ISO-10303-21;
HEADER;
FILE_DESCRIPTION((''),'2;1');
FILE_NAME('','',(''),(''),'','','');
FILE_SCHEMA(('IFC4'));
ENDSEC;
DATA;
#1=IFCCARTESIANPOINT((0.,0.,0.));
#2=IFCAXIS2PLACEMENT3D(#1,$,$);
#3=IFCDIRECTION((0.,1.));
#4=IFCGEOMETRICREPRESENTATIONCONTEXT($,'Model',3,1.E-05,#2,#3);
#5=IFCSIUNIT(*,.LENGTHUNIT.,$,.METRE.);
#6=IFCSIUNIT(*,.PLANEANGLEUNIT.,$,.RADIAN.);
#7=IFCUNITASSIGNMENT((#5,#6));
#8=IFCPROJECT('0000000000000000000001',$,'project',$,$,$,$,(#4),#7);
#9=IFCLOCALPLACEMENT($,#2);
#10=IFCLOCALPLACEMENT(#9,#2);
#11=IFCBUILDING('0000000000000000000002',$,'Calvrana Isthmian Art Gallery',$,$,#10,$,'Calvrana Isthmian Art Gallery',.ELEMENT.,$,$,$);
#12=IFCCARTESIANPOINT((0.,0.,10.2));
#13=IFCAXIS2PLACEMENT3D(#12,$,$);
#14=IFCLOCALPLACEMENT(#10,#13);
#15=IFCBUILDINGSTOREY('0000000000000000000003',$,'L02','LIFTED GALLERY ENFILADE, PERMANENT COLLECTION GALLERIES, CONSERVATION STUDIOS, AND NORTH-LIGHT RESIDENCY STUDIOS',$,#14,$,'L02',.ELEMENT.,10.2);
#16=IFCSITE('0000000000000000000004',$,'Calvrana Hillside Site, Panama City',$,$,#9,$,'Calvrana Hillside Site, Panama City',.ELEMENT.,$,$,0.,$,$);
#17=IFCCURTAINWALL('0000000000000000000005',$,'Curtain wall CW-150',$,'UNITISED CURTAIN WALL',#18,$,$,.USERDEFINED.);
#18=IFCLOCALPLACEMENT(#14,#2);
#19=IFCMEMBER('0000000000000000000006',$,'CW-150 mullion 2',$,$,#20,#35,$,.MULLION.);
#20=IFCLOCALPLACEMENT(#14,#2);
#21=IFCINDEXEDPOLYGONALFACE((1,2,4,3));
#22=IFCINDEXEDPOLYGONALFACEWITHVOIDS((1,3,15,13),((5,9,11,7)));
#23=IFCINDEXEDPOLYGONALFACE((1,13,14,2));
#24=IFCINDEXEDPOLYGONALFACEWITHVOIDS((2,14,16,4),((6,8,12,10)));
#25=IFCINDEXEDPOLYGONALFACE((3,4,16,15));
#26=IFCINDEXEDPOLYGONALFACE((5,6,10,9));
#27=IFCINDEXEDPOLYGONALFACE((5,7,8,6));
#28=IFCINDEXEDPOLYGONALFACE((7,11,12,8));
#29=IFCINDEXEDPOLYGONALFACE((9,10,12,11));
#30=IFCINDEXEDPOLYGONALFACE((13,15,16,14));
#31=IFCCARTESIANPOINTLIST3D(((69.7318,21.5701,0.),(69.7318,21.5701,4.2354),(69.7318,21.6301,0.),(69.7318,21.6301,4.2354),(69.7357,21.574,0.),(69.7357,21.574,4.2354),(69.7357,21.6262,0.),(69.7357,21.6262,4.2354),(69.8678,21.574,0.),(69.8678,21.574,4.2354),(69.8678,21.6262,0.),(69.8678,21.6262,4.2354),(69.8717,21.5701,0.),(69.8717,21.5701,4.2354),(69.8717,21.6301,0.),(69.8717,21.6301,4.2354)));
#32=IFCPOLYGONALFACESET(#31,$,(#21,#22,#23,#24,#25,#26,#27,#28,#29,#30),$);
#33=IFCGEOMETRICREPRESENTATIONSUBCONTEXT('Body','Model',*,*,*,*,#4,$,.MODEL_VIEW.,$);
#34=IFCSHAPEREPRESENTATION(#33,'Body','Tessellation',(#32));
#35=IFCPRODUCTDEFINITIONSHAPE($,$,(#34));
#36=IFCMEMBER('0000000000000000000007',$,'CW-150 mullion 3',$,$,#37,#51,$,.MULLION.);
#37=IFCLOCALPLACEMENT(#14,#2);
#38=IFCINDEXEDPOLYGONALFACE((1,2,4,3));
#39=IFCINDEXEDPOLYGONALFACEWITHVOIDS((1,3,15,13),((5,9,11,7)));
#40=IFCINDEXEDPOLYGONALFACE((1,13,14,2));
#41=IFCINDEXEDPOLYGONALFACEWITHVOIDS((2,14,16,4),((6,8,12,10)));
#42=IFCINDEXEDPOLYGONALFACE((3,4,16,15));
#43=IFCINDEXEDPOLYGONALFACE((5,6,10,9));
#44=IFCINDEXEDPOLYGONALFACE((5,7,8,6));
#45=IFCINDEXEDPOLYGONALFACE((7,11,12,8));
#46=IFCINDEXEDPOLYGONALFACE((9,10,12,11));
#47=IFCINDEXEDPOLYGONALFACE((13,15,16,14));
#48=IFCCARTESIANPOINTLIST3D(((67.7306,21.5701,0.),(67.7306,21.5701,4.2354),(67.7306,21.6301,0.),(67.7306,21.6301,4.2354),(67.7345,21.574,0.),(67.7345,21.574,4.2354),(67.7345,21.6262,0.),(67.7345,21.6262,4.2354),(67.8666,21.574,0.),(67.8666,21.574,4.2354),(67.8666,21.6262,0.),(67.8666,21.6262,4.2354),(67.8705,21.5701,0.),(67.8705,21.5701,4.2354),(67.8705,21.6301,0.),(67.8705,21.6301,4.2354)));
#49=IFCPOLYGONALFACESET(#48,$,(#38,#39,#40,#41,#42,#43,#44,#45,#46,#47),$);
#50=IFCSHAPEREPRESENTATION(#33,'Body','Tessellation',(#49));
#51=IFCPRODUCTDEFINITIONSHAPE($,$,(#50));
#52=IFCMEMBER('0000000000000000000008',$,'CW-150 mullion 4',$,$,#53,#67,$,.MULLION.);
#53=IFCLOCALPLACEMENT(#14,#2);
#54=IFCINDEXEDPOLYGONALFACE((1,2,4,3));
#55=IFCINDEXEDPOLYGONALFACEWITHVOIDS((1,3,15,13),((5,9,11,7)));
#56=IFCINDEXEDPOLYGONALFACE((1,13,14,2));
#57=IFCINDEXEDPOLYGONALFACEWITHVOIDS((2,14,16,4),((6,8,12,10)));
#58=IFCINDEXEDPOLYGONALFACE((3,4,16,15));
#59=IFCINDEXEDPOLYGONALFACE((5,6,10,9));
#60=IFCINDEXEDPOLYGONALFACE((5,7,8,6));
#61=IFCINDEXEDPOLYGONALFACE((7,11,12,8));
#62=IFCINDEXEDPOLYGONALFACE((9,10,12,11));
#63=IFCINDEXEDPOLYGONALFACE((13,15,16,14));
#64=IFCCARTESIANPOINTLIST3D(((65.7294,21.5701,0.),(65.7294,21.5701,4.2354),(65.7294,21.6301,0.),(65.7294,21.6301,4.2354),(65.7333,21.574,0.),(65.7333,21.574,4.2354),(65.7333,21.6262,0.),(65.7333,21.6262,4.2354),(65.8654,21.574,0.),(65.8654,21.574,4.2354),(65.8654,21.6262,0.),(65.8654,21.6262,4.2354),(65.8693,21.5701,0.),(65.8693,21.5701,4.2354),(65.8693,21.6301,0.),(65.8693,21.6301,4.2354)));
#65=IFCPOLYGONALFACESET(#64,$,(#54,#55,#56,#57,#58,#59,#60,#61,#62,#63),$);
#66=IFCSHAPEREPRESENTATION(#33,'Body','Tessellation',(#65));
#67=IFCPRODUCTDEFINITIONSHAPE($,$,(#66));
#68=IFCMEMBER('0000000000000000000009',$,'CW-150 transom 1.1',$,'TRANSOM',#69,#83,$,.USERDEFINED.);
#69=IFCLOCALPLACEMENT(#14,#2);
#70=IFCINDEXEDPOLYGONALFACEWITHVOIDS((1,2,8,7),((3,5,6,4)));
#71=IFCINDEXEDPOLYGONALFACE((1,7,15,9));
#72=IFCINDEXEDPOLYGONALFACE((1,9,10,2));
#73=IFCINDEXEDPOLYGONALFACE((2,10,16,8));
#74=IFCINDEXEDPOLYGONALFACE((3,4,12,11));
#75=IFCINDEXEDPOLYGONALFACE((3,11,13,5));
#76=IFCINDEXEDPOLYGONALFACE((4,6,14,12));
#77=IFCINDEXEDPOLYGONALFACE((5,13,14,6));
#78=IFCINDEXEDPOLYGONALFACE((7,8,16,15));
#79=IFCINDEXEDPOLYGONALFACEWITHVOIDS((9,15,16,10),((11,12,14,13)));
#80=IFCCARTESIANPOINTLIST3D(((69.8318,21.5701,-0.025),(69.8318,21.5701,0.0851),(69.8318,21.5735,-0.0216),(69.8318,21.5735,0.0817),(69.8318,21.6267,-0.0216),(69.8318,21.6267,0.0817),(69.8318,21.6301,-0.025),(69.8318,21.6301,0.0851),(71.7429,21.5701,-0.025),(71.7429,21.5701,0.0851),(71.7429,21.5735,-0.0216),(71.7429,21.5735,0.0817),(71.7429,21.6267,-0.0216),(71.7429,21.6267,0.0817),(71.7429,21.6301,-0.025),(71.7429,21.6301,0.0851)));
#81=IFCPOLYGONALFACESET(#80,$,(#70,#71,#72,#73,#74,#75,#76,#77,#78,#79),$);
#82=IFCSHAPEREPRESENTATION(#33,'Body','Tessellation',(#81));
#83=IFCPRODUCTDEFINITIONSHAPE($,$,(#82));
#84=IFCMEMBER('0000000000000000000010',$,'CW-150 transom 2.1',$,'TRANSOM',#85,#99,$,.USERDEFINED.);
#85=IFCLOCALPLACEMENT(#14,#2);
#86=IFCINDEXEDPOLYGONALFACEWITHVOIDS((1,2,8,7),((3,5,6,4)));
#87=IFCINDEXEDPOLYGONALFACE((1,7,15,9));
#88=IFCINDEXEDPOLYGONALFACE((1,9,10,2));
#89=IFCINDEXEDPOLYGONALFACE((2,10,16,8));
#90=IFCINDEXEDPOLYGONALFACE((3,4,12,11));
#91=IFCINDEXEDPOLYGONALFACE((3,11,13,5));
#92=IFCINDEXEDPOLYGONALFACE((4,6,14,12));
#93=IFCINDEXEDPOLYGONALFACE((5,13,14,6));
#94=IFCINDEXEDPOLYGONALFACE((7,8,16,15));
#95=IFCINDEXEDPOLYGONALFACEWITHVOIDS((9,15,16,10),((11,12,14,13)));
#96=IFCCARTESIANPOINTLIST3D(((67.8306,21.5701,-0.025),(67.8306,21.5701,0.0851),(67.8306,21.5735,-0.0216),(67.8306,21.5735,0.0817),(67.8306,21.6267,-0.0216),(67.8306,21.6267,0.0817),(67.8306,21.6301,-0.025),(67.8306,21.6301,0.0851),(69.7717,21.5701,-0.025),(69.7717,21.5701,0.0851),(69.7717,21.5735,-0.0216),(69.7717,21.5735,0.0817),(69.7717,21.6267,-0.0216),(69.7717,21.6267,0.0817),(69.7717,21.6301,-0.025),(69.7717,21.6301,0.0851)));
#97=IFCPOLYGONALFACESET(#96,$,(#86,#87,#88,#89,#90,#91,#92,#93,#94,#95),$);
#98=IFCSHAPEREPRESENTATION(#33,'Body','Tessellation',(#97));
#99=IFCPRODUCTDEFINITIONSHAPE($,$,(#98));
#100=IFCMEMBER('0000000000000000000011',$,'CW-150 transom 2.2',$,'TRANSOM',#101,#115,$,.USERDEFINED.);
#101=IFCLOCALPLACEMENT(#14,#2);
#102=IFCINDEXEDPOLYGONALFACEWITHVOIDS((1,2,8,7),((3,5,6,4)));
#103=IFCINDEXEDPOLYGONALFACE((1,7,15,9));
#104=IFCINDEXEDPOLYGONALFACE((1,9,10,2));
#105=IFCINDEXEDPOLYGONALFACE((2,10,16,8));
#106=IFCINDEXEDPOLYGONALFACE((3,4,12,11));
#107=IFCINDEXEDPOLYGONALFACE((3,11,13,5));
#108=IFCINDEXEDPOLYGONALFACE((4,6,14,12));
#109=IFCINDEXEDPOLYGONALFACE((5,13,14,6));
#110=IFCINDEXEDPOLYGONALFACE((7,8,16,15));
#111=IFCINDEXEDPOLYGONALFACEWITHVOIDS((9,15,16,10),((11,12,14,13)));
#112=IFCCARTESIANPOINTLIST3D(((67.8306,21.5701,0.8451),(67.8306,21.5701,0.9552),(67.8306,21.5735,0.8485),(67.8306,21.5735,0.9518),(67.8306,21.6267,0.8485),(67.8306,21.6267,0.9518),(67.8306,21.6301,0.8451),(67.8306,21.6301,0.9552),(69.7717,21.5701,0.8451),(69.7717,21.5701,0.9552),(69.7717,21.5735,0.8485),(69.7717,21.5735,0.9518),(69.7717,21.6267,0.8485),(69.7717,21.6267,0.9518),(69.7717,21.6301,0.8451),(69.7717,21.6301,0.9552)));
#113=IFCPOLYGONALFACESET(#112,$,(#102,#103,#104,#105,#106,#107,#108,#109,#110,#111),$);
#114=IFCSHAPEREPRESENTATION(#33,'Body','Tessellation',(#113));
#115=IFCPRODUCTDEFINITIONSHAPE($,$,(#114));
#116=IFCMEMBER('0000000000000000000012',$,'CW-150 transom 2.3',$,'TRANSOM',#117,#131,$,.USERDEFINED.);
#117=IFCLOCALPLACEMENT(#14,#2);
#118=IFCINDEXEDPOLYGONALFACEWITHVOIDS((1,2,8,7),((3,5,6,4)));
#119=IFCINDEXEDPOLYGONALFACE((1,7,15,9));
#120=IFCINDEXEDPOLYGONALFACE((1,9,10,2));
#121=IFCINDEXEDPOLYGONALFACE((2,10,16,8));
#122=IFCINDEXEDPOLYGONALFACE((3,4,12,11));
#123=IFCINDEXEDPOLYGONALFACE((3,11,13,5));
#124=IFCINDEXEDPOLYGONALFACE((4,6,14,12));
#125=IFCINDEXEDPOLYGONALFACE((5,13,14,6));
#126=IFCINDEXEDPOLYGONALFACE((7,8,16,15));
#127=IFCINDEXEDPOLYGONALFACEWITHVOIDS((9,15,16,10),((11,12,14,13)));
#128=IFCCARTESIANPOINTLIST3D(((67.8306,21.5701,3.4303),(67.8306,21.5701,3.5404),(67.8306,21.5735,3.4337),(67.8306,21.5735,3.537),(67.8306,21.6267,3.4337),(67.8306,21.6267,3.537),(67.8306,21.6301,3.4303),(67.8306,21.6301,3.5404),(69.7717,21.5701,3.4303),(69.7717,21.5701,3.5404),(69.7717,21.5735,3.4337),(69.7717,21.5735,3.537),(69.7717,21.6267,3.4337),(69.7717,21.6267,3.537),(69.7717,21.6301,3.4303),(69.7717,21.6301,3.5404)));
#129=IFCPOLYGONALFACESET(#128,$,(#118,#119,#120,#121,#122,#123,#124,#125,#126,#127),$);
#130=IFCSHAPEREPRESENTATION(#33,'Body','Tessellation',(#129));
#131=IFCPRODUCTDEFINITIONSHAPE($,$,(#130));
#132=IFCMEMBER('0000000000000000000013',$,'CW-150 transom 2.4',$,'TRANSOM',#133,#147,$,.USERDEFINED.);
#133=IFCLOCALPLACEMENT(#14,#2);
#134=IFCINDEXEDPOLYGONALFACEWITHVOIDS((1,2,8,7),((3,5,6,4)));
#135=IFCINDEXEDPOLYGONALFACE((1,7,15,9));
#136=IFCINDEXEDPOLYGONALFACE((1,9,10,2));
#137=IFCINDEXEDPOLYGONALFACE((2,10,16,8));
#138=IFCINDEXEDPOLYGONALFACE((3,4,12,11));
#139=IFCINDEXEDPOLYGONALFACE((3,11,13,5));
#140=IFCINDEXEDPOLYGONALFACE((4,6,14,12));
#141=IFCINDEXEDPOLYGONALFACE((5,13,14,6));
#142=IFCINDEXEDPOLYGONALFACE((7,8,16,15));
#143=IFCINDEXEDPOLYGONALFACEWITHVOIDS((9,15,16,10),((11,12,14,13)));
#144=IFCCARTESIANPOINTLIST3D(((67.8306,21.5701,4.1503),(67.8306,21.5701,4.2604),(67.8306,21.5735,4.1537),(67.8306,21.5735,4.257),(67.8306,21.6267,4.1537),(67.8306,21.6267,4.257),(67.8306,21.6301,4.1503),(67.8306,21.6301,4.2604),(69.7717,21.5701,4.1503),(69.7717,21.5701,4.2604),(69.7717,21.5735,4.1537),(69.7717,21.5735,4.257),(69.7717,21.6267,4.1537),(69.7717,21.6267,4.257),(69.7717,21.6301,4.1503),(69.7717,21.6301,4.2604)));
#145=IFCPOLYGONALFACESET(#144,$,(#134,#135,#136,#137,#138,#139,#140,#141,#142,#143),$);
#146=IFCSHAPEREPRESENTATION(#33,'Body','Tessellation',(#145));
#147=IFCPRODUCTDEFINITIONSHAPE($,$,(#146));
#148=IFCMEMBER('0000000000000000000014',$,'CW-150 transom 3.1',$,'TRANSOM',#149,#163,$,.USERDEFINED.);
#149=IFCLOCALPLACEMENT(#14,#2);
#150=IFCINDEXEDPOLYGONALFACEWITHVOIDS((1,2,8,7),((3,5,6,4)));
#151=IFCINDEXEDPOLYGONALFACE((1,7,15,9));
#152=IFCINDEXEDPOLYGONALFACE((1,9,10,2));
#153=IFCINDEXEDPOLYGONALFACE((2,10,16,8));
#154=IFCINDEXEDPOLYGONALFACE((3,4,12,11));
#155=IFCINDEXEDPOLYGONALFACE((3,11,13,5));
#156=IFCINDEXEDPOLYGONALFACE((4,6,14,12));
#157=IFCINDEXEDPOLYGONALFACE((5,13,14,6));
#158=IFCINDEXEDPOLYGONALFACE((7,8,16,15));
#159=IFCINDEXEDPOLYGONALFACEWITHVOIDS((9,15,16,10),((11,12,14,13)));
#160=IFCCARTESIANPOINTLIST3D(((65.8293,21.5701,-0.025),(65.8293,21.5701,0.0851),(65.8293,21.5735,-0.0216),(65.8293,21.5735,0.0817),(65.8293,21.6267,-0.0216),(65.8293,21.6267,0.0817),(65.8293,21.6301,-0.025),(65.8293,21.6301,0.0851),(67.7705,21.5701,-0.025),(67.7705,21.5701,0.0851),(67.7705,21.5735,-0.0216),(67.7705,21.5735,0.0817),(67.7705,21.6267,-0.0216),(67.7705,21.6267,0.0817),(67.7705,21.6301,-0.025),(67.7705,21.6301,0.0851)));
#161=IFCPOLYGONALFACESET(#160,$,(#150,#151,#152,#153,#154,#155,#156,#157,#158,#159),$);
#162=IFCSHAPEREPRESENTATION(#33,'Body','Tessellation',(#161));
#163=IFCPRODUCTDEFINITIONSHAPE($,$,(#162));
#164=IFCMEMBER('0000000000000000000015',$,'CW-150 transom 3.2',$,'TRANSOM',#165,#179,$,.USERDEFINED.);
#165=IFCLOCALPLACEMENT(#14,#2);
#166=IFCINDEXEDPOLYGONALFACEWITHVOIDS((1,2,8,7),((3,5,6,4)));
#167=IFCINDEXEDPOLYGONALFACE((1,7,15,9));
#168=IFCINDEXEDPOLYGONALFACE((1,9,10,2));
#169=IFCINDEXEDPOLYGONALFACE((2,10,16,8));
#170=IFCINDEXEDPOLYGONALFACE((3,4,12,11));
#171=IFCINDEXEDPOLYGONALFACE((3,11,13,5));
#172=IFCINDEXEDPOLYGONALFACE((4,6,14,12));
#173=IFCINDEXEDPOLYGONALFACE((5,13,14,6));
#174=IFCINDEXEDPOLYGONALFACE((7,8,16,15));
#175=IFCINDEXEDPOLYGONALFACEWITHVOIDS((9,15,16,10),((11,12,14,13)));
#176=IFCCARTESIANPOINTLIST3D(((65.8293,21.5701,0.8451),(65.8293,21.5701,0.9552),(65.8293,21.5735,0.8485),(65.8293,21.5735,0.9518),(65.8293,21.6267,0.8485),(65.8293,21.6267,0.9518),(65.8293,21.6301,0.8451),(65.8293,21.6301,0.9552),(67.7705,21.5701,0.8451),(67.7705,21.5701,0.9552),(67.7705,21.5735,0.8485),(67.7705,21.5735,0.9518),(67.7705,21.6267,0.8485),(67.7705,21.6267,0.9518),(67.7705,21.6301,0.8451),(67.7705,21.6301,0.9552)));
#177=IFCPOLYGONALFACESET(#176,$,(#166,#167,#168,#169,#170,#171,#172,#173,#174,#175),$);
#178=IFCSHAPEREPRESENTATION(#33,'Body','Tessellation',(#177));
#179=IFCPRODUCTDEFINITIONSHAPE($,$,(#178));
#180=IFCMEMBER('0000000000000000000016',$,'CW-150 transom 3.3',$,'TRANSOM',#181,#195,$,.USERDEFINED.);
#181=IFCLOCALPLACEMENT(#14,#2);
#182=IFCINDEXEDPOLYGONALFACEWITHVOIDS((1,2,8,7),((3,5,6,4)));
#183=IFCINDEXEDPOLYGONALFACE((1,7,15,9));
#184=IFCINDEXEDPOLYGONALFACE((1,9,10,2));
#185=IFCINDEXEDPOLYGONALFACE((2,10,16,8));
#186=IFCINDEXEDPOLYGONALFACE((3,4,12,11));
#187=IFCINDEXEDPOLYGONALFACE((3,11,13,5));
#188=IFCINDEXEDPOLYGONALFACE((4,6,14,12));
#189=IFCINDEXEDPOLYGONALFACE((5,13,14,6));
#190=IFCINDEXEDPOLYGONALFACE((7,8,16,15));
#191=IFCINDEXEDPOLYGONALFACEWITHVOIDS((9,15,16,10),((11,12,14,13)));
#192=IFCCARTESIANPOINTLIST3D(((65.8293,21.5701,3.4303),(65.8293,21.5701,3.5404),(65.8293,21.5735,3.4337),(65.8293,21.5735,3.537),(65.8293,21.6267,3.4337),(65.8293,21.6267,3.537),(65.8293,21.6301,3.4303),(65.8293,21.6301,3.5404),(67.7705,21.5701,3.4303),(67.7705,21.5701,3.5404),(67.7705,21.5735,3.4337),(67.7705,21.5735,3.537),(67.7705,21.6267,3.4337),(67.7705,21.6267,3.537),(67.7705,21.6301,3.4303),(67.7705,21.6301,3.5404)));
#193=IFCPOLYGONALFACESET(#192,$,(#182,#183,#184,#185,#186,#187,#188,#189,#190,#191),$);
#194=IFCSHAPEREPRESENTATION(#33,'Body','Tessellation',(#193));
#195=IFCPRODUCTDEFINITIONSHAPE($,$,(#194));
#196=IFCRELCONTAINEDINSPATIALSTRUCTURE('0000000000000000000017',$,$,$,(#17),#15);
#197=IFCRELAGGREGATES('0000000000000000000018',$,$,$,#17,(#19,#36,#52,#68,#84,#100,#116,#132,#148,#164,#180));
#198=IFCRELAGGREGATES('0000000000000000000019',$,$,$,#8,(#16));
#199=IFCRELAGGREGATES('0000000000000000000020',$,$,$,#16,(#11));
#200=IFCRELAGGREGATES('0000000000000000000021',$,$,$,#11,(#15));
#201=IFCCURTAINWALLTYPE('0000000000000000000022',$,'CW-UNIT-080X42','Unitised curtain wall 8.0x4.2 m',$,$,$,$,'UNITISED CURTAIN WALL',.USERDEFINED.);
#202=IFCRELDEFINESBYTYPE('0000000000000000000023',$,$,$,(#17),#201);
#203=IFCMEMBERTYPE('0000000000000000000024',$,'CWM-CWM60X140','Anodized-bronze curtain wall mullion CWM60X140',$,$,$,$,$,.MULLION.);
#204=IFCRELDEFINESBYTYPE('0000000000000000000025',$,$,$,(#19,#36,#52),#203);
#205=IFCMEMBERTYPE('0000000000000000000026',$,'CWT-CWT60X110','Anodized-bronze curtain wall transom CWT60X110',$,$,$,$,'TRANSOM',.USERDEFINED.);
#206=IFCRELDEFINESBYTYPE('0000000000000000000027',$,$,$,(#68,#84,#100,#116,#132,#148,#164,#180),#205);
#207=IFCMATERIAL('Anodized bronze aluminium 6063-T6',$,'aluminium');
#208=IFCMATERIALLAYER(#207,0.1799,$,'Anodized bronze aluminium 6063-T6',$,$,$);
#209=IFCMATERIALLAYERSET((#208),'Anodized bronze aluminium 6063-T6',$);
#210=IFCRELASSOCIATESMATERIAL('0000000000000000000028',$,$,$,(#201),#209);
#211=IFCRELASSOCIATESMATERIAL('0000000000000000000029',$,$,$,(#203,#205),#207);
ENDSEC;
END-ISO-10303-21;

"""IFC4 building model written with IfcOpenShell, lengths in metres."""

from ifc_helpers import new_model, si_unit, direction, frame, origin, origin_2d, place, context, subcontext, project, spatial, hollow_rectangle, extrude, material, layer, layer_set, material_profile, profile_set, type_object, element, aggregate, save


model = new_model("IFC4")

# Units and contexts
model_context = context("Model", 3, precision=1e-05, world=origin(), true_north=direction((0.0, 1.0)))
body_context = subcontext(model_context, "Body", "Model", "MODEL_VIEW")
ifc_project = project(units=[si_unit("LENGTHUNIT", "METRE"), si_unit("PLANEANGLEUNIT", "RADIAN")], contexts=[model_context])

# Site, building, storey
site_placement = place(None, origin())
site = spatial("IfcSite", under=ifc_project, at=site_placement, Name="Calvrana Hillside Site, Panama City", LongName="Calvrana Hillside Site, Panama City", CompositionType="ELEMENT", RefElevation=0.0)
building_placement = place(site_placement, origin())
building = spatial("IfcBuilding", under=site, at=building_placement, Name="Calvrana Isthmian Art Gallery", LongName="Calvrana Isthmian Art Gallery", CompositionType="ELEMENT")
storey_placement = place(building_placement, frame((0.0, 0.0, 10.2)))
storey = spatial("IfcBuildingStorey", under=building, at=storey_placement, Name="L02", Description="LIFTED GALLERY ENFILADE, PERMANENT COLLECTION GALLERIES, CONSERVATION STUDIOS, AND NORTH-LIGHT RESIDENCY STUDIOS", LongName="L02", CompositionType="ELEMENT", Elevation=10.2)

# Curtain wall, members
ifc_material_1 = material(Name="Anodized bronze aluminium 6063-T6", Category="aluminium")
ifc_layer_1 = layer(ifc_material_1, 0.1799, Name="Anodized bronze aluminium 6063-T6")
ifc_layer_set_1 = layer_set([ifc_layer_1], Name="Anodized bronze aluminium 6063-T6")
curtain_wall_type = type_object("IfcCurtainWallType", Name="CW-UNIT-080X42", Description="Unitised curtain wall 8.0x4.2 m", ElementType="UNITISED CURTAIN WALL", PredefinedType="USERDEFINED", material=ifc_layer_set_1)
curtain_wall_placement = place(storey_placement, origin())
curtain_wall = element("IfcCurtainWall", 1, at=curtain_wall_placement, inside=storey, type_object=curtain_wall_type, Name="Curtain wall CW-150", ObjectType="UNITISED CURTAIN WALL", PredefinedType="USERDEFINED")
ifc_material_profile_1 = material_profile(ifc_material_1, hollow_rectangle(XDim=0.0601, YDim=0.1399, WallThickness=0.0039, at=origin_2d()), Name="CWM60X140")
ifc_profile_set_1 = profile_set([ifc_material_profile_1], Name="Anodized bronze aluminium 6063-T6")
member_type_1 = type_object("IfcMemberType", Name="CWM-CWM60X140", Description="Anodized-bronze curtain wall mullion CWM60X140", PredefinedType="MULLION", material=ifc_profile_set_1)
member_1_placement = place(storey_placement, frame((69.8018, 21.6001, 0.0), z_axis=(0.0, 0.0, 1.0), x_axis=(0.0, -1.0, 0.0)))
member_1 = element("IfcMember", 2, at=member_1_placement, type_object=member_type_1, Name="CW-150 mullion 2", PredefinedType="MULLION", context=body_context, shape_type="SweptSolid", body=[
    extrude(hollow_rectangle(XDim=0.0601, YDim=0.1399, WallThickness=0.0039, at=origin_2d()), origin(), (0.0, 0.0, 1.0), 4.2354),
])
member_2_placement = place(storey_placement, frame((67.8005, 21.6001, 0.0), z_axis=(0.0, 0.0, 1.0), x_axis=(0.0, -1.0, 0.0)))
member_2 = element("IfcMember", 3, at=member_2_placement, type_object=member_type_1, Name="CW-150 mullion 3", PredefinedType="MULLION", context=body_context, shape_type="SweptSolid", body=[
    extrude(hollow_rectangle(XDim=0.0601, YDim=0.1399, WallThickness=0.0039, at=origin_2d()), origin(), (0.0, 0.0, 1.0), 4.2354),
])
member_3_placement = place(storey_placement, frame((65.7993, 21.6001, 0.0), z_axis=(0.0, 0.0, 1.0), x_axis=(0.0, -1.0, 0.0)))
member_3 = element("IfcMember", 4, at=member_3_placement, type_object=member_type_1, Name="CW-150 mullion 4", PredefinedType="MULLION", context=body_context, shape_type="SweptSolid", body=[
    extrude(hollow_rectangle(XDim=0.0601, YDim=0.1399, WallThickness=0.0039, at=origin_2d()), origin(), (0.0, 0.0, 1.0), 4.2354),
])
ifc_material_profile_2 = material_profile(ifc_material_1, hollow_rectangle(XDim=0.0601, YDim=0.1101, WallThickness=0.0034, at=origin_2d()), Name="CWT60X110")
ifc_profile_set_2 = profile_set([ifc_material_profile_2], Name="Anodized bronze aluminium 6063-T6")
member_type_2 = type_object("IfcMemberType", Name="CWT-CWT60X110", Description="Anodized-bronze curtain wall transom CWT60X110", ElementType="TRANSOM", PredefinedType="USERDEFINED", material=ifc_profile_set_2)
member_4_placement = place(storey_placement, frame((71.7429, 21.6001, 0.03), z_axis=(-1.0, 0.0, 0.0), x_axis=(0.0, -1.0, 0.0)))
member_4 = element("IfcMember", 5, at=member_4_placement, type_object=member_type_2, Name="CW-150 transom 1.1", ObjectType="TRANSOM", PredefinedType="USERDEFINED", context=body_context, shape_type="SweptSolid", body=[
    extrude(hollow_rectangle(XDim=0.0601, YDim=0.1101, WallThickness=0.0034, at=origin_2d()), origin(), (0.0, 0.0, 1.0), 1.9111),
])
member_5_placement = place(storey_placement, frame((69.7717, 21.6001, 0.03), z_axis=(-1.0, 0.0, 0.0), x_axis=(0.0, -1.0, 0.0)))
member_5 = element("IfcMember", 6, at=member_5_placement, type_object=member_type_2, Name="CW-150 transom 2.1", ObjectType="TRANSOM", PredefinedType="USERDEFINED", context=body_context, shape_type="SweptSolid", body=[
    extrude(hollow_rectangle(XDim=0.0601, YDim=0.1101, WallThickness=0.0034, at=origin_2d()), origin(), (0.0, 0.0, 1.0), 1.9412),
])
member_6_placement = place(storey_placement, frame((69.7717, 21.6001, 0.9001), z_axis=(-1.0, 0.0, 0.0), x_axis=(0.0, -1.0, 0.0)))
member_6 = element("IfcMember", 7, at=member_6_placement, type_object=member_type_2, Name="CW-150 transom 2.2", ObjectType="TRANSOM", PredefinedType="USERDEFINED", context=body_context, shape_type="SweptSolid", body=[
    extrude(hollow_rectangle(XDim=0.0601, YDim=0.1101, WallThickness=0.0034, at=origin_2d()), origin(), (0.0, 0.0, 1.0), 1.9412),
])
member_7_placement = place(storey_placement, frame((69.7717, 21.6001, 3.4854), z_axis=(-1.0, 0.0, 0.0), x_axis=(0.0, -1.0, 0.0)))
member_7 = element("IfcMember", 8, at=member_7_placement, type_object=member_type_2, Name="CW-150 transom 2.3", ObjectType="TRANSOM", PredefinedType="USERDEFINED", context=body_context, shape_type="SweptSolid", body=[
    extrude(hollow_rectangle(XDim=0.0601, YDim=0.1101, WallThickness=0.0034, at=origin_2d()), origin(), (0.0, 0.0, 1.0), 1.9412),
])
member_8_placement = place(storey_placement, frame((69.7717, 21.6001, 4.2053), z_axis=(-1.0, 0.0, 0.0), x_axis=(0.0, -1.0, 0.0)))
member_8 = element("IfcMember", 9, at=member_8_placement, type_object=member_type_2, Name="CW-150 transom 2.4", ObjectType="TRANSOM", PredefinedType="USERDEFINED", context=body_context, shape_type="SweptSolid", body=[
    extrude(hollow_rectangle(XDim=0.0601, YDim=0.1101, WallThickness=0.0034, at=origin_2d()), origin(), (0.0, 0.0, 1.0), 1.9412),
])
member_9_placement = place(storey_placement, frame((67.7705, 21.6001, 0.03), z_axis=(-1.0, 0.0, 0.0), x_axis=(0.0, -1.0, 0.0)))
member_9 = element("IfcMember", 10, at=member_9_placement, type_object=member_type_2, Name="CW-150 transom 3.1", ObjectType="TRANSOM", PredefinedType="USERDEFINED", context=body_context, shape_type="SweptSolid", body=[
    extrude(hollow_rectangle(XDim=0.0601, YDim=0.1101, WallThickness=0.0034, at=origin_2d()), origin(), (0.0, 0.0, 1.0), 1.9412),
])
member_10_placement = place(storey_placement, frame((67.7705, 21.6001, 0.9001), z_axis=(-1.0, 0.0, 0.0), x_axis=(0.0, -1.0, 0.0)))
member_10 = element("IfcMember", 11, at=member_10_placement, type_object=member_type_2, Name="CW-150 transom 3.2", ObjectType="TRANSOM", PredefinedType="USERDEFINED", context=body_context, shape_type="SweptSolid", body=[
    extrude(hollow_rectangle(XDim=0.0601, YDim=0.1101, WallThickness=0.0034, at=origin_2d()), origin(), (0.0, 0.0, 1.0), 1.9412),
])
member_11_placement = place(storey_placement, frame((67.7705, 21.6001, 3.4854), z_axis=(-1.0, 0.0, 0.0), x_axis=(0.0, -1.0, 0.0)))
member_11 = element("IfcMember", 12, at=member_11_placement, type_object=member_type_2, Name="CW-150 transom 3.3", ObjectType="TRANSOM", PredefinedType="USERDEFINED", context=body_context, shape_type="SweptSolid", body=[
    extrude(hollow_rectangle(XDim=0.0601, YDim=0.1101, WallThickness=0.0034, at=origin_2d()), origin(), (0.0, 0.0, 1.0), 1.9412),
])
aggregate(curtain_wall, [member_1, member_2, member_3, member_4, member_5, member_6, member_7, member_8, member_9, member_10, member_11])

save(model, "model.ifc")
